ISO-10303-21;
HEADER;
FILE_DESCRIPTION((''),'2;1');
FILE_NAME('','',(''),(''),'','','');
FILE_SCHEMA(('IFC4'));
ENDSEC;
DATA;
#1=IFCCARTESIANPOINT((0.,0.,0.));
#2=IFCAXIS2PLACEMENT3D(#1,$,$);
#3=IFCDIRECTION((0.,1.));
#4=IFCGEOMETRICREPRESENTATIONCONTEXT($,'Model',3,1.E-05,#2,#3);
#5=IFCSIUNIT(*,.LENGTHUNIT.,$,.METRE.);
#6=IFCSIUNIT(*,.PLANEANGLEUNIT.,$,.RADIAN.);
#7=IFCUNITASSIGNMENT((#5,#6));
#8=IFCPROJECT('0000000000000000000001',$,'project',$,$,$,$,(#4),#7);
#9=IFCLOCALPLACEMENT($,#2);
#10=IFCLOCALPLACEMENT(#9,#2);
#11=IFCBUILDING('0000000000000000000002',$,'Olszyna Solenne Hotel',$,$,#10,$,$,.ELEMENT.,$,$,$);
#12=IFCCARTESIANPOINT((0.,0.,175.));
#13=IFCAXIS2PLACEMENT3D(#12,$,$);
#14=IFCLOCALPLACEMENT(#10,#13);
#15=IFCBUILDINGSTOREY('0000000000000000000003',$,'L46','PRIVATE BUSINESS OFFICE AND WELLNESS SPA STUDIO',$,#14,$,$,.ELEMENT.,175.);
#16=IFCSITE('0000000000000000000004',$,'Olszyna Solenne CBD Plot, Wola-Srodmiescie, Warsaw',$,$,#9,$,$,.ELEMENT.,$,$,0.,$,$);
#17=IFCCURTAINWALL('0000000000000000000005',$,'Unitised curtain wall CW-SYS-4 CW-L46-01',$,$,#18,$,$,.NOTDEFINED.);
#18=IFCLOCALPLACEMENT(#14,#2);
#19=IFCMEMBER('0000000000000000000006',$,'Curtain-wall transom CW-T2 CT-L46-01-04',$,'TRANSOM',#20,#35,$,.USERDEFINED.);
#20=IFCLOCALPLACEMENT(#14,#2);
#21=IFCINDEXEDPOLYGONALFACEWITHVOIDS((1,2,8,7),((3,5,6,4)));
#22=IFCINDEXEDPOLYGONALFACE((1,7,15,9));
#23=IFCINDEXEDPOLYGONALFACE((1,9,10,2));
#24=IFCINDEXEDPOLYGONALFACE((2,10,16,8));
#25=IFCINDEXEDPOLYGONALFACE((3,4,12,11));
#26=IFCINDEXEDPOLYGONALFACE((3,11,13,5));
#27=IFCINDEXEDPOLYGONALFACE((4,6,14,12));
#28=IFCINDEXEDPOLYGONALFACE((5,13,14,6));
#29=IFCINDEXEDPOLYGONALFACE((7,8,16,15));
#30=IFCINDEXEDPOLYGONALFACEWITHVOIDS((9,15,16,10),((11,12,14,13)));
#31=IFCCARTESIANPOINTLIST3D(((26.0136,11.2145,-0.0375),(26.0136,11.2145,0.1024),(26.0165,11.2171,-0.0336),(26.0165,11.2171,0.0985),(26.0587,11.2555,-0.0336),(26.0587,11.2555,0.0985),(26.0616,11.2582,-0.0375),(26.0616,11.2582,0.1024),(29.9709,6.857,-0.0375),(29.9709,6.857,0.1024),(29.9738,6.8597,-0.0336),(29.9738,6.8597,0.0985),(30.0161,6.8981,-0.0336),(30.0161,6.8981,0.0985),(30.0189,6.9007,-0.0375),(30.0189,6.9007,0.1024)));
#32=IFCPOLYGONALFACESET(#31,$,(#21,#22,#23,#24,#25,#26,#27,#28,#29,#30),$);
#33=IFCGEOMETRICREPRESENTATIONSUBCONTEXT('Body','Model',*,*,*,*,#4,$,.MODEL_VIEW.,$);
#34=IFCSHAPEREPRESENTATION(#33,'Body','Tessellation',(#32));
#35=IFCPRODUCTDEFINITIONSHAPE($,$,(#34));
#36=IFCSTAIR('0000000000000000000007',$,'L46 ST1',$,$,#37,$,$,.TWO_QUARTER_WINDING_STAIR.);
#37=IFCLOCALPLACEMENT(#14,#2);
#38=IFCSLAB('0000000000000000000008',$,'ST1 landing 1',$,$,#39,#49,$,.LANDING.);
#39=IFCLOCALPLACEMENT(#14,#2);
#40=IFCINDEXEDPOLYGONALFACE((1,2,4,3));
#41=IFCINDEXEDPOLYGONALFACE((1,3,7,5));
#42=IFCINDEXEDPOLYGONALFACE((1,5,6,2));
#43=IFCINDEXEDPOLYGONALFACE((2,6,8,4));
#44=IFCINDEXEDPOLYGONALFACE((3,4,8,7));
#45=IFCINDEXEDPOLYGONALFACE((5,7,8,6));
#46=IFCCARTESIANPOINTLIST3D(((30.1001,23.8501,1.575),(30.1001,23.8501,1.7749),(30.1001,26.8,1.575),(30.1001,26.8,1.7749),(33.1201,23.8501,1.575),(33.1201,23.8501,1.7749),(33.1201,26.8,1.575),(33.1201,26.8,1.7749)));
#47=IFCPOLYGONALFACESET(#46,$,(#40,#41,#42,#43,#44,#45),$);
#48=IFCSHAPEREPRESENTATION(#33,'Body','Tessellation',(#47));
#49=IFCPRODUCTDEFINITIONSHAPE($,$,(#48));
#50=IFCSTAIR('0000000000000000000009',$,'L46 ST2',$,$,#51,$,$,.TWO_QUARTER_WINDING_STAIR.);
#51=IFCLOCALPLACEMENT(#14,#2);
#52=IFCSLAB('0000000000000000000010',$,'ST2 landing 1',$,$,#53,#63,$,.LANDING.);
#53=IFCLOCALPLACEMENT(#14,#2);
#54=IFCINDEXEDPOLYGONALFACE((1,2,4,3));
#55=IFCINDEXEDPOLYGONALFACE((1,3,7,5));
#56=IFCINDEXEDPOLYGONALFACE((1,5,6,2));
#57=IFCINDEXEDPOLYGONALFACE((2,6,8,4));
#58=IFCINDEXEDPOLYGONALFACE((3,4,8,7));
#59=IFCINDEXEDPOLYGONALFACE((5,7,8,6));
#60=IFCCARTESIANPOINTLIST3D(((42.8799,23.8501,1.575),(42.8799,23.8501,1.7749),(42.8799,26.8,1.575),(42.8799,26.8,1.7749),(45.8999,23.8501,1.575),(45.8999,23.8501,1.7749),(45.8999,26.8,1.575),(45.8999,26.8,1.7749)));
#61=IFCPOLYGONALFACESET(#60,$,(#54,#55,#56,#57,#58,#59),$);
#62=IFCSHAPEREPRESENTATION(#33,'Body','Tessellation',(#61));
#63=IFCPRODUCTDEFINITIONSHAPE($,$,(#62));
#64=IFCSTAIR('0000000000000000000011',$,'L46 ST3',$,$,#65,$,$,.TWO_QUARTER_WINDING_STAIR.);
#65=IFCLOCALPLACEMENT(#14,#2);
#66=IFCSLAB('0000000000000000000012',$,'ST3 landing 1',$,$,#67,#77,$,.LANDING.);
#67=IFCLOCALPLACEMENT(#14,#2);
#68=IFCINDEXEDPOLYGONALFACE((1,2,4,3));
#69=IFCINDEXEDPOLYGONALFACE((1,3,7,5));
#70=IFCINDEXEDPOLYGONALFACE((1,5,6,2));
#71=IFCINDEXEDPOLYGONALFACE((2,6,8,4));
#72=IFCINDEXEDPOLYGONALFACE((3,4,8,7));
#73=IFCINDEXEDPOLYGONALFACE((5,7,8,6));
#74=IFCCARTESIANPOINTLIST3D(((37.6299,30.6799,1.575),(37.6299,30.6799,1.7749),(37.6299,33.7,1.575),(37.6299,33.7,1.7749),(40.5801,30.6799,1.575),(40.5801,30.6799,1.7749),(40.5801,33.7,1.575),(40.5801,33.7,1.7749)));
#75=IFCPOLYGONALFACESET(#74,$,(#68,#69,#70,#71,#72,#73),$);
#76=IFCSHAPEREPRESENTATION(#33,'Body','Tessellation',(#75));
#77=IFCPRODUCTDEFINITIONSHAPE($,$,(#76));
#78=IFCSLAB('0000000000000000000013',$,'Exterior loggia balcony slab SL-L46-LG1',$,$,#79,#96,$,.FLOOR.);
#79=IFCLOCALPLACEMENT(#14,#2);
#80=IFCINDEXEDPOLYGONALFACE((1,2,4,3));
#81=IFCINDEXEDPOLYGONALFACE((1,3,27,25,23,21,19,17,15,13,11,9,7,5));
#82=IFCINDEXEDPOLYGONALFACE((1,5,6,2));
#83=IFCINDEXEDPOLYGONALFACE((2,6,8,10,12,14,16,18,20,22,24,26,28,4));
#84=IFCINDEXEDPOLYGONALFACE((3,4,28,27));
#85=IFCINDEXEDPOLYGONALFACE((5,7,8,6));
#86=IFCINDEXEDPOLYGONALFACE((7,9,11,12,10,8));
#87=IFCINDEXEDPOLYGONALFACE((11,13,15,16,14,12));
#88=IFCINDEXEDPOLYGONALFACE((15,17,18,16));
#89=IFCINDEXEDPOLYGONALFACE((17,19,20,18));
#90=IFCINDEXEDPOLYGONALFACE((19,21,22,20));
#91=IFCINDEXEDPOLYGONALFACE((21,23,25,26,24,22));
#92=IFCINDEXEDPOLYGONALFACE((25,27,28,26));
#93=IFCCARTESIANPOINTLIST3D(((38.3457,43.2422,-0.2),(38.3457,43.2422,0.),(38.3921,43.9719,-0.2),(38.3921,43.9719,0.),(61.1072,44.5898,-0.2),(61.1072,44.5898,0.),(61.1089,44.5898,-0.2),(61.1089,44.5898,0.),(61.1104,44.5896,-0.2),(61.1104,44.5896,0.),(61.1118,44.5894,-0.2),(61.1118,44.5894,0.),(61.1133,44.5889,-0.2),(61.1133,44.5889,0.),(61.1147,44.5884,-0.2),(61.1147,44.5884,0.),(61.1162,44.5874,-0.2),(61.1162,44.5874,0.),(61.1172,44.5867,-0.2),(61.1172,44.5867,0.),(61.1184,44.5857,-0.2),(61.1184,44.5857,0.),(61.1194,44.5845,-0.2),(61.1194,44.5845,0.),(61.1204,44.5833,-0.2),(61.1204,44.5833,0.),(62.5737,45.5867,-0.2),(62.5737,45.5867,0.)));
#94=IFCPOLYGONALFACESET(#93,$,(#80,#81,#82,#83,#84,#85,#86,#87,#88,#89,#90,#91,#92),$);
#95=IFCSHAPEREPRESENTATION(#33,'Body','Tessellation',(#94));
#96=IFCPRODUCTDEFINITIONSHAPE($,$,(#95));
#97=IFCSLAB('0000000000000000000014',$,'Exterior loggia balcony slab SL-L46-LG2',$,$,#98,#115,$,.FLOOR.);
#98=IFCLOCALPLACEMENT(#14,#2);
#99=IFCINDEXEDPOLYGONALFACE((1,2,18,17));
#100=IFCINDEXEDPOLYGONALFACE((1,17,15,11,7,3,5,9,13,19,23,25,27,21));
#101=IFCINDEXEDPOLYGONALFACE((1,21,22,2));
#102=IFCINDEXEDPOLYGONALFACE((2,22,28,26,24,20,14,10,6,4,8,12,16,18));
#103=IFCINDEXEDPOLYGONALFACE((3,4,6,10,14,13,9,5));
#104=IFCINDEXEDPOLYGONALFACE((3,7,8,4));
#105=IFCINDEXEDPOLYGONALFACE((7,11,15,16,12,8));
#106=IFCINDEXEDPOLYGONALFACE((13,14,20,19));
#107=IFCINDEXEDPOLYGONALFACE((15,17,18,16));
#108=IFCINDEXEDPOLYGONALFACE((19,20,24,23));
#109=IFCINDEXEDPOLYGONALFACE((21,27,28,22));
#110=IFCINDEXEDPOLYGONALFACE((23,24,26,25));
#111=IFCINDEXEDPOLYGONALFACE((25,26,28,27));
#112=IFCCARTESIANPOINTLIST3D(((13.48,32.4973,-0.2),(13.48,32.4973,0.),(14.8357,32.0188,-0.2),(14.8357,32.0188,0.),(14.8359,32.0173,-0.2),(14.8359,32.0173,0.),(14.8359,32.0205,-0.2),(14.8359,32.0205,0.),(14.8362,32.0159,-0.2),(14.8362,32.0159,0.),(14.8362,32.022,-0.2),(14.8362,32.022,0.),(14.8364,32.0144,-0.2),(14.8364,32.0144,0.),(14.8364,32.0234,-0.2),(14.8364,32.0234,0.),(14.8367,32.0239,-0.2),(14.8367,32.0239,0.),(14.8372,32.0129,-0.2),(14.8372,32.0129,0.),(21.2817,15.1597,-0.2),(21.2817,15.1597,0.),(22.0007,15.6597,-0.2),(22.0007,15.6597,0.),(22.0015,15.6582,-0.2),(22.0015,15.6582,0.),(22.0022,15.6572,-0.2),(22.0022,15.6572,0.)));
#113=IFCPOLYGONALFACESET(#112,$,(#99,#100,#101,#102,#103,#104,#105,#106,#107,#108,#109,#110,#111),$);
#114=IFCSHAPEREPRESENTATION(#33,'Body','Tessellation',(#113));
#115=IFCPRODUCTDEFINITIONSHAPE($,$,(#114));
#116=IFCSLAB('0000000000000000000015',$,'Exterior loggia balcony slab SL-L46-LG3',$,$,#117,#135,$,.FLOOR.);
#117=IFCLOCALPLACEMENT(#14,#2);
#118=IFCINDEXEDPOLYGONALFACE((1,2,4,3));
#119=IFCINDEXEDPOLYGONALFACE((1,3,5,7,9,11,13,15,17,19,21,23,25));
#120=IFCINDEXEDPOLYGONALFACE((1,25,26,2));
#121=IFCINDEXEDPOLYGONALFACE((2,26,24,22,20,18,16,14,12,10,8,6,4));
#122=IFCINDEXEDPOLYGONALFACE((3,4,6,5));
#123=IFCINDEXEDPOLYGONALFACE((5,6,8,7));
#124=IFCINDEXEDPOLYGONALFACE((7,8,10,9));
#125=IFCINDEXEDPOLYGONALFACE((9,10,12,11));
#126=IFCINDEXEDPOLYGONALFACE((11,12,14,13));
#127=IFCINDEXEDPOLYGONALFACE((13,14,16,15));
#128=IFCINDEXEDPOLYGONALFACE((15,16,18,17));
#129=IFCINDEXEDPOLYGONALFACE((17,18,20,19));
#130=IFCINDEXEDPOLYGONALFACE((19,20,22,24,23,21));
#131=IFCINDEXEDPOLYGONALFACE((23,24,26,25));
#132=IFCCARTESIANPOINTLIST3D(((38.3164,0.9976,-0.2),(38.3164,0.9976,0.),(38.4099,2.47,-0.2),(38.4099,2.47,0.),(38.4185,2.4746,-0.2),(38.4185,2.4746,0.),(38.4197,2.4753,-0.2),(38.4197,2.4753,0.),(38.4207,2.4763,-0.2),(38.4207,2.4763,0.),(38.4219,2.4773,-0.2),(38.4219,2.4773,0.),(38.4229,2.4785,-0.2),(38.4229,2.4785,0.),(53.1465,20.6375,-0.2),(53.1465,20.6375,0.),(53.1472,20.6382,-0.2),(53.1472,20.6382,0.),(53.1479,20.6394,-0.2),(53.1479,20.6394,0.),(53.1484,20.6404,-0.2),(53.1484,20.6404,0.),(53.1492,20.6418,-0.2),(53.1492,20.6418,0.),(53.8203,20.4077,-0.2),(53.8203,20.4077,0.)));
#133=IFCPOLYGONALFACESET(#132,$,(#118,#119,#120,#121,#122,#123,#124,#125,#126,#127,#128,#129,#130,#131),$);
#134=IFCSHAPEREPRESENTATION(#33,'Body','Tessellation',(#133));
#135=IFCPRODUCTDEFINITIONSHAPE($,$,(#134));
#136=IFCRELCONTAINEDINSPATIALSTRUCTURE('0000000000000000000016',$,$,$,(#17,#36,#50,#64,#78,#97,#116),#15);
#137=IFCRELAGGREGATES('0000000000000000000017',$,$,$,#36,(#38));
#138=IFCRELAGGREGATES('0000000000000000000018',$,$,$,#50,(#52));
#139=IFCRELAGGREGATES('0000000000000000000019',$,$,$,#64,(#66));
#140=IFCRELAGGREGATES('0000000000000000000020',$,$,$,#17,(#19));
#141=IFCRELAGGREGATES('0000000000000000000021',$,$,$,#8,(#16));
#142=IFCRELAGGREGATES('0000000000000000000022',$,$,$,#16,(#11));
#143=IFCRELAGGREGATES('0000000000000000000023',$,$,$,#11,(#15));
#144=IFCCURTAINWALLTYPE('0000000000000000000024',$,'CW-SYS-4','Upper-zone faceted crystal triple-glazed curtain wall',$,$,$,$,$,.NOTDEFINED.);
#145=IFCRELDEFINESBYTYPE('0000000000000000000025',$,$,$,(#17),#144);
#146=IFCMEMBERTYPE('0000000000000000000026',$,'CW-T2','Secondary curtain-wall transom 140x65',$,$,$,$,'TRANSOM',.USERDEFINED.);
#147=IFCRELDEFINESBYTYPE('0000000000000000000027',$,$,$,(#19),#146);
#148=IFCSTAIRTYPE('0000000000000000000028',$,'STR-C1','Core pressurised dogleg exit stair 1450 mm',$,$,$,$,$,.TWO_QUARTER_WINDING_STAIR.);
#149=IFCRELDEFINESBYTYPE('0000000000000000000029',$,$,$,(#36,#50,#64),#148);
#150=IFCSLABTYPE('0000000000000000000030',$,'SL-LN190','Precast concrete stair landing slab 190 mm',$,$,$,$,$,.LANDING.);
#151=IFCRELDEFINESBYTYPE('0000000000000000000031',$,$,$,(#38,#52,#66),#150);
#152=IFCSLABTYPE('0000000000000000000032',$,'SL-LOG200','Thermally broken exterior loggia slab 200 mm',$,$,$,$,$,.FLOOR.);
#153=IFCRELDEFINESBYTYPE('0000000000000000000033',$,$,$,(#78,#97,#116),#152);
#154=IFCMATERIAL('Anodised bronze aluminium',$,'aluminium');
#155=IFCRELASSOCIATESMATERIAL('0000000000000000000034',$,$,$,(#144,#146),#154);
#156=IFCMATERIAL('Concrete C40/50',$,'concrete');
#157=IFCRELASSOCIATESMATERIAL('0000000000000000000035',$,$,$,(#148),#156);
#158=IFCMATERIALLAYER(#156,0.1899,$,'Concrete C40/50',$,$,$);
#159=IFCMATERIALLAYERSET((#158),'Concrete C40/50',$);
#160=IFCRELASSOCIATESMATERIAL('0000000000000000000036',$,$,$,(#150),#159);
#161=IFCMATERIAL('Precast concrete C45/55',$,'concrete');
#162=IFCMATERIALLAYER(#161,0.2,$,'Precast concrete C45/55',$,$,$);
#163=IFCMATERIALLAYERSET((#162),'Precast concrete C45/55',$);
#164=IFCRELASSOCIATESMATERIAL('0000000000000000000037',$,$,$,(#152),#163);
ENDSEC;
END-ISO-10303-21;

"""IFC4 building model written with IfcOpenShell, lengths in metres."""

from ifc_helpers import new_model, si_unit, direction, frame, origin, origin_2d, place, context, subcontext, project, spatial, polyline, hollow_rectangle, outline, extrude, source, transform, mapped, material, layer, layer_set, material_profile, profile_set, type_object, element, aggregate, save


model = new_model("IFC4")

# Units and contexts
model_context = context("Model", 3, precision=1e-05, world=origin(), true_north=direction((0.0, 1.0)))
body_context = subcontext(model_context, "Body", "Model", "MODEL_VIEW")
ifc_project = project(units=[si_unit("LENGTHUNIT", "METRE"), si_unit("PLANEANGLEUNIT", "RADIAN")], contexts=[model_context])

# Site, building, storey
site_placement = place(None, origin())
site = spatial("IfcSite", under=ifc_project, at=site_placement, Name="Olszyna Solenne CBD Plot, Wola-Srodmiescie, Warsaw", CompositionType="ELEMENT", RefElevation=0.0)
building_placement = place(site_placement, origin())
building = spatial("IfcBuilding", under=site, at=building_placement, Name="Olszyna Solenne Hotel", CompositionType="ELEMENT")
storey_placement = place(building_placement, frame((0.0, 0.0, 175.0)))
storey = spatial("IfcBuildingStorey", under=building, at=storey_placement, Name="L46", Description="PRIVATE BUSINESS OFFICE AND WELLNESS SPA STUDIO", CompositionType="ELEMENT", Elevation=175.0)

# Curtain wall, member
ifc_material_1 = material(Name="Anodised bronze aluminium", Category="aluminium")
curtain_wall_type = type_object("IfcCurtainWallType", Name="CW-SYS-4", Description="Upper-zone faceted crystal triple-glazed curtain wall", PredefinedType="NOTDEFINED", material=ifc_material_1)
curtain_wall_placement = place(storey_placement, origin())
curtain_wall = element("IfcCurtainWall", 1, at=curtain_wall_placement, inside=storey, type_object=curtain_wall_type, Name="Unitised curtain wall CW-SYS-4 CW-L46-01", PredefinedType="NOTDEFINED")
ifc_material_profile_1 = material_profile(ifc_material_1, hollow_rectangle(XDim=0.0649, YDim=0.1399, WallThickness=0.0039, at=origin_2d()), Name="TRAN 140x65x4", Category="load-bearing")
ifc_profile_set_1 = profile_set([ifc_material_profile_1], Name="Anodised bronze aluminium")
member_type_1 = type_object("IfcMemberType", Name="CW-T2", Description="Secondary curtain-wall transom 140x65", ElementType="TRANSOM", PredefinedType="USERDEFINED", material=ifc_profile_set_1)
shared_shape_1 = source(origin(), body_context, "Body", "SweptSolid", [
    extrude(hollow_rectangle(XDim=0.0649, YDim=0.1399, WallThickness=0.0039, at=origin_2d()), origin(), (0.0, 0.0, 1.0), 5.8862),
])
member_1_placement = place(storey_placement, frame((26.0376, 11.2363, 0.0325), z_axis=(0.672299, -0.74028, 0.0), x_axis=(0.74028, 0.672299, 0.0)))
member_1 = element("IfcMember", 2, at=member_1_placement, type_object=member_type_1, Name="Curtain-wall transom CW-T2 CT-L46-01-04", ObjectType="TRANSOM", PredefinedType="USERDEFINED", context=body_context, shape_type="MappedRepresentation", body=[
    mapped(shared_shape_1, transform((0.0, 0.0, 0.0), x_axis=(1.0, 0.0, 0.0), y_axis=(0.0, 1.0, 0.0), z_axis=(0.0, 0.0, 1.0), scale=1.0)),
])

# Stairs, slabs
ifc_material_2 = material(Name="Concrete C40/50", Category="concrete")
stair_type = type_object("IfcStairType", Name="STR-C1", Description="Core pressurised dogleg exit stair 1450 mm", PredefinedType="TWO_QUARTER_WINDING_STAIR", material=ifc_material_2)
stair_1_placement = place(storey_placement, origin())
stair_1 = element("IfcStair", 3, at=stair_1_placement, inside=storey, type_object=stair_type, Name="L46 ST1", PredefinedType="TWO_QUARTER_WINDING_STAIR")
ifc_layer_1 = layer(ifc_material_2, 0.1899, Name="Concrete C40/50")
ifc_layer_set_1 = layer_set([ifc_layer_1], Name="Concrete C40/50")
slab_type_1 = type_object("IfcSlabType", Name="SL-LN190", Description="Precast concrete stair landing slab 190 mm", PredefinedType="LANDING", material=ifc_layer_set_1)
slab_1_placement = place(storey_placement, frame((0.0, 0.0, 1.575)))
slab_1 = element("IfcSlab", 4, at=slab_1_placement, type_object=slab_type_1, Name="ST1 landing 1", PredefinedType="LANDING", context=body_context, shape_type="SweptSolid", body=[
    extrude(outline(polyline([(33.1201, 23.8501), (33.1201, 26.8), (30.1001, 26.8), (30.1001, 23.8501), (33.1201, 23.8501)])), origin(), (0.0, 0.0, 1.0), 0.2),
])
aggregate(stair_1, [slab_1])
stair_2_placement = place(storey_placement, origin())
stair_2 = element("IfcStair", 5, at=stair_2_placement, inside=storey, type_object=stair_type, Name="L46 ST2", PredefinedType="TWO_QUARTER_WINDING_STAIR")
slab_2_placement = place(storey_placement, frame((0.0, 0.0, 1.575)))
slab_2 = element("IfcSlab", 6, at=slab_2_placement, type_object=slab_type_1, Name="ST2 landing 1", PredefinedType="LANDING", context=body_context, shape_type="SweptSolid", body=[
    extrude(outline(polyline([(45.8999, 23.8501), (45.8999, 26.8), (42.8799, 26.8), (42.8799, 23.8501), (45.8999, 23.8501)])), origin(), (0.0, 0.0, 1.0), 0.2),
])
aggregate(stair_2, [slab_2])
stair_3_placement = place(storey_placement, origin())
stair_3 = element("IfcStair", 7, at=stair_3_placement, inside=storey, type_object=stair_type, Name="L46 ST3", PredefinedType="TWO_QUARTER_WINDING_STAIR")
slab_3_placement = place(storey_placement, frame((0.0, 0.0, 1.575)))
slab_3 = element("IfcSlab", 8, at=slab_3_placement, type_object=slab_type_1, Name="ST3 landing 1", PredefinedType="LANDING", context=body_context, shape_type="SweptSolid", body=[
    extrude(outline(polyline([(37.6299, 30.6799), (40.5801, 30.6799), (40.5801, 33.7), (37.6299, 33.7), (37.6299, 30.6799)])), origin(), (0.0, 0.0, 1.0), 0.2),
])
aggregate(stair_3, [slab_3])

# Slabs
ifc_material_3 = material(Name="Precast concrete C45/55", Category="concrete")
ifc_layer_2 = layer(ifc_material_3, 0.2, Name="Precast concrete C45/55")
ifc_layer_set_2 = layer_set([ifc_layer_2], Name="Precast concrete C45/55")
slab_type_2 = type_object("IfcSlabType", Name="SL-LOG200", Description="Thermally broken exterior loggia slab 200 mm", PredefinedType="FLOOR", material=ifc_layer_set_2)
slab_4_placement = place(storey_placement, frame((0.0, 0.0, -0.2)))
element("IfcSlab", 9, at=slab_4_placement, inside=storey, type_object=slab_type_2, Name="Exterior loggia balcony slab SL-L46-LG1", PredefinedType="FLOOR", context=body_context, shape_type="SweptSolid", body=[
    extrude(outline(polyline([(38.3457, 43.2422), (61.1072, 44.5898), (61.1089, 44.5898), (61.1104, 44.5896), (61.1118, 44.5894), (61.1133, 44.5889), (61.1147, 44.5884), (61.1162, 44.5874), (61.1172, 44.5867), (61.1184, 44.5857), (61.1194, 44.5845), (61.1204, 44.5833), (62.5737, 45.5867), (38.3921, 43.9719), (38.3457, 43.2422)])), origin(), (0.0, 0.0, 1.0), 0.2),
])
slab_5_placement = place(storey_placement, frame((0.0, 0.0, -0.2)))
element("IfcSlab", 10, at=slab_5_placement, inside=storey, type_object=slab_type_2, Name="Exterior loggia balcony slab SL-L46-LG2", PredefinedType="FLOOR", context=body_context, shape_type="SweptSolid", body=[
    extrude(outline(polyline([(22.0022, 15.6572), (22.0015, 15.6582), (22.0007, 15.6597), (14.8372, 32.0129), (14.8364, 32.0144), (14.8362, 32.0159), (14.8359, 32.0173), (14.8357, 32.0188), (14.8359, 32.0205), (14.8362, 32.022), (14.8364, 32.0234), (14.8367, 32.0239), (13.48, 32.4973), (21.2817, 15.1597), (22.0022, 15.6572)])), origin(), (0.0, 0.0, 1.0), 0.2),
])
slab_6_placement = place(storey_placement, frame((0.0, 0.0, -0.2)))
element("IfcSlab", 11, at=slab_6_placement, inside=storey, type_object=slab_type_2, Name="Exterior loggia balcony slab SL-L46-LG3", PredefinedType="FLOOR", context=body_context, shape_type="SweptSolid", body=[
    extrude(outline(polyline([(53.1492, 20.6418), (53.1484, 20.6404), (53.1479, 20.6394), (53.1472, 20.6382), (53.1465, 20.6375), (38.4229, 2.4785), (38.4219, 2.4773), (38.4207, 2.4763), (38.4197, 2.4753), (38.4185, 2.4746), (38.4099, 2.47), (38.3164, 0.9976), (53.8203, 20.4077), (53.1492, 20.6418)])), origin(), (0.0, 0.0, 1.0), 0.2),
])

aggregate(curtain_wall, [member_1])

save(model, "model.ifc")
